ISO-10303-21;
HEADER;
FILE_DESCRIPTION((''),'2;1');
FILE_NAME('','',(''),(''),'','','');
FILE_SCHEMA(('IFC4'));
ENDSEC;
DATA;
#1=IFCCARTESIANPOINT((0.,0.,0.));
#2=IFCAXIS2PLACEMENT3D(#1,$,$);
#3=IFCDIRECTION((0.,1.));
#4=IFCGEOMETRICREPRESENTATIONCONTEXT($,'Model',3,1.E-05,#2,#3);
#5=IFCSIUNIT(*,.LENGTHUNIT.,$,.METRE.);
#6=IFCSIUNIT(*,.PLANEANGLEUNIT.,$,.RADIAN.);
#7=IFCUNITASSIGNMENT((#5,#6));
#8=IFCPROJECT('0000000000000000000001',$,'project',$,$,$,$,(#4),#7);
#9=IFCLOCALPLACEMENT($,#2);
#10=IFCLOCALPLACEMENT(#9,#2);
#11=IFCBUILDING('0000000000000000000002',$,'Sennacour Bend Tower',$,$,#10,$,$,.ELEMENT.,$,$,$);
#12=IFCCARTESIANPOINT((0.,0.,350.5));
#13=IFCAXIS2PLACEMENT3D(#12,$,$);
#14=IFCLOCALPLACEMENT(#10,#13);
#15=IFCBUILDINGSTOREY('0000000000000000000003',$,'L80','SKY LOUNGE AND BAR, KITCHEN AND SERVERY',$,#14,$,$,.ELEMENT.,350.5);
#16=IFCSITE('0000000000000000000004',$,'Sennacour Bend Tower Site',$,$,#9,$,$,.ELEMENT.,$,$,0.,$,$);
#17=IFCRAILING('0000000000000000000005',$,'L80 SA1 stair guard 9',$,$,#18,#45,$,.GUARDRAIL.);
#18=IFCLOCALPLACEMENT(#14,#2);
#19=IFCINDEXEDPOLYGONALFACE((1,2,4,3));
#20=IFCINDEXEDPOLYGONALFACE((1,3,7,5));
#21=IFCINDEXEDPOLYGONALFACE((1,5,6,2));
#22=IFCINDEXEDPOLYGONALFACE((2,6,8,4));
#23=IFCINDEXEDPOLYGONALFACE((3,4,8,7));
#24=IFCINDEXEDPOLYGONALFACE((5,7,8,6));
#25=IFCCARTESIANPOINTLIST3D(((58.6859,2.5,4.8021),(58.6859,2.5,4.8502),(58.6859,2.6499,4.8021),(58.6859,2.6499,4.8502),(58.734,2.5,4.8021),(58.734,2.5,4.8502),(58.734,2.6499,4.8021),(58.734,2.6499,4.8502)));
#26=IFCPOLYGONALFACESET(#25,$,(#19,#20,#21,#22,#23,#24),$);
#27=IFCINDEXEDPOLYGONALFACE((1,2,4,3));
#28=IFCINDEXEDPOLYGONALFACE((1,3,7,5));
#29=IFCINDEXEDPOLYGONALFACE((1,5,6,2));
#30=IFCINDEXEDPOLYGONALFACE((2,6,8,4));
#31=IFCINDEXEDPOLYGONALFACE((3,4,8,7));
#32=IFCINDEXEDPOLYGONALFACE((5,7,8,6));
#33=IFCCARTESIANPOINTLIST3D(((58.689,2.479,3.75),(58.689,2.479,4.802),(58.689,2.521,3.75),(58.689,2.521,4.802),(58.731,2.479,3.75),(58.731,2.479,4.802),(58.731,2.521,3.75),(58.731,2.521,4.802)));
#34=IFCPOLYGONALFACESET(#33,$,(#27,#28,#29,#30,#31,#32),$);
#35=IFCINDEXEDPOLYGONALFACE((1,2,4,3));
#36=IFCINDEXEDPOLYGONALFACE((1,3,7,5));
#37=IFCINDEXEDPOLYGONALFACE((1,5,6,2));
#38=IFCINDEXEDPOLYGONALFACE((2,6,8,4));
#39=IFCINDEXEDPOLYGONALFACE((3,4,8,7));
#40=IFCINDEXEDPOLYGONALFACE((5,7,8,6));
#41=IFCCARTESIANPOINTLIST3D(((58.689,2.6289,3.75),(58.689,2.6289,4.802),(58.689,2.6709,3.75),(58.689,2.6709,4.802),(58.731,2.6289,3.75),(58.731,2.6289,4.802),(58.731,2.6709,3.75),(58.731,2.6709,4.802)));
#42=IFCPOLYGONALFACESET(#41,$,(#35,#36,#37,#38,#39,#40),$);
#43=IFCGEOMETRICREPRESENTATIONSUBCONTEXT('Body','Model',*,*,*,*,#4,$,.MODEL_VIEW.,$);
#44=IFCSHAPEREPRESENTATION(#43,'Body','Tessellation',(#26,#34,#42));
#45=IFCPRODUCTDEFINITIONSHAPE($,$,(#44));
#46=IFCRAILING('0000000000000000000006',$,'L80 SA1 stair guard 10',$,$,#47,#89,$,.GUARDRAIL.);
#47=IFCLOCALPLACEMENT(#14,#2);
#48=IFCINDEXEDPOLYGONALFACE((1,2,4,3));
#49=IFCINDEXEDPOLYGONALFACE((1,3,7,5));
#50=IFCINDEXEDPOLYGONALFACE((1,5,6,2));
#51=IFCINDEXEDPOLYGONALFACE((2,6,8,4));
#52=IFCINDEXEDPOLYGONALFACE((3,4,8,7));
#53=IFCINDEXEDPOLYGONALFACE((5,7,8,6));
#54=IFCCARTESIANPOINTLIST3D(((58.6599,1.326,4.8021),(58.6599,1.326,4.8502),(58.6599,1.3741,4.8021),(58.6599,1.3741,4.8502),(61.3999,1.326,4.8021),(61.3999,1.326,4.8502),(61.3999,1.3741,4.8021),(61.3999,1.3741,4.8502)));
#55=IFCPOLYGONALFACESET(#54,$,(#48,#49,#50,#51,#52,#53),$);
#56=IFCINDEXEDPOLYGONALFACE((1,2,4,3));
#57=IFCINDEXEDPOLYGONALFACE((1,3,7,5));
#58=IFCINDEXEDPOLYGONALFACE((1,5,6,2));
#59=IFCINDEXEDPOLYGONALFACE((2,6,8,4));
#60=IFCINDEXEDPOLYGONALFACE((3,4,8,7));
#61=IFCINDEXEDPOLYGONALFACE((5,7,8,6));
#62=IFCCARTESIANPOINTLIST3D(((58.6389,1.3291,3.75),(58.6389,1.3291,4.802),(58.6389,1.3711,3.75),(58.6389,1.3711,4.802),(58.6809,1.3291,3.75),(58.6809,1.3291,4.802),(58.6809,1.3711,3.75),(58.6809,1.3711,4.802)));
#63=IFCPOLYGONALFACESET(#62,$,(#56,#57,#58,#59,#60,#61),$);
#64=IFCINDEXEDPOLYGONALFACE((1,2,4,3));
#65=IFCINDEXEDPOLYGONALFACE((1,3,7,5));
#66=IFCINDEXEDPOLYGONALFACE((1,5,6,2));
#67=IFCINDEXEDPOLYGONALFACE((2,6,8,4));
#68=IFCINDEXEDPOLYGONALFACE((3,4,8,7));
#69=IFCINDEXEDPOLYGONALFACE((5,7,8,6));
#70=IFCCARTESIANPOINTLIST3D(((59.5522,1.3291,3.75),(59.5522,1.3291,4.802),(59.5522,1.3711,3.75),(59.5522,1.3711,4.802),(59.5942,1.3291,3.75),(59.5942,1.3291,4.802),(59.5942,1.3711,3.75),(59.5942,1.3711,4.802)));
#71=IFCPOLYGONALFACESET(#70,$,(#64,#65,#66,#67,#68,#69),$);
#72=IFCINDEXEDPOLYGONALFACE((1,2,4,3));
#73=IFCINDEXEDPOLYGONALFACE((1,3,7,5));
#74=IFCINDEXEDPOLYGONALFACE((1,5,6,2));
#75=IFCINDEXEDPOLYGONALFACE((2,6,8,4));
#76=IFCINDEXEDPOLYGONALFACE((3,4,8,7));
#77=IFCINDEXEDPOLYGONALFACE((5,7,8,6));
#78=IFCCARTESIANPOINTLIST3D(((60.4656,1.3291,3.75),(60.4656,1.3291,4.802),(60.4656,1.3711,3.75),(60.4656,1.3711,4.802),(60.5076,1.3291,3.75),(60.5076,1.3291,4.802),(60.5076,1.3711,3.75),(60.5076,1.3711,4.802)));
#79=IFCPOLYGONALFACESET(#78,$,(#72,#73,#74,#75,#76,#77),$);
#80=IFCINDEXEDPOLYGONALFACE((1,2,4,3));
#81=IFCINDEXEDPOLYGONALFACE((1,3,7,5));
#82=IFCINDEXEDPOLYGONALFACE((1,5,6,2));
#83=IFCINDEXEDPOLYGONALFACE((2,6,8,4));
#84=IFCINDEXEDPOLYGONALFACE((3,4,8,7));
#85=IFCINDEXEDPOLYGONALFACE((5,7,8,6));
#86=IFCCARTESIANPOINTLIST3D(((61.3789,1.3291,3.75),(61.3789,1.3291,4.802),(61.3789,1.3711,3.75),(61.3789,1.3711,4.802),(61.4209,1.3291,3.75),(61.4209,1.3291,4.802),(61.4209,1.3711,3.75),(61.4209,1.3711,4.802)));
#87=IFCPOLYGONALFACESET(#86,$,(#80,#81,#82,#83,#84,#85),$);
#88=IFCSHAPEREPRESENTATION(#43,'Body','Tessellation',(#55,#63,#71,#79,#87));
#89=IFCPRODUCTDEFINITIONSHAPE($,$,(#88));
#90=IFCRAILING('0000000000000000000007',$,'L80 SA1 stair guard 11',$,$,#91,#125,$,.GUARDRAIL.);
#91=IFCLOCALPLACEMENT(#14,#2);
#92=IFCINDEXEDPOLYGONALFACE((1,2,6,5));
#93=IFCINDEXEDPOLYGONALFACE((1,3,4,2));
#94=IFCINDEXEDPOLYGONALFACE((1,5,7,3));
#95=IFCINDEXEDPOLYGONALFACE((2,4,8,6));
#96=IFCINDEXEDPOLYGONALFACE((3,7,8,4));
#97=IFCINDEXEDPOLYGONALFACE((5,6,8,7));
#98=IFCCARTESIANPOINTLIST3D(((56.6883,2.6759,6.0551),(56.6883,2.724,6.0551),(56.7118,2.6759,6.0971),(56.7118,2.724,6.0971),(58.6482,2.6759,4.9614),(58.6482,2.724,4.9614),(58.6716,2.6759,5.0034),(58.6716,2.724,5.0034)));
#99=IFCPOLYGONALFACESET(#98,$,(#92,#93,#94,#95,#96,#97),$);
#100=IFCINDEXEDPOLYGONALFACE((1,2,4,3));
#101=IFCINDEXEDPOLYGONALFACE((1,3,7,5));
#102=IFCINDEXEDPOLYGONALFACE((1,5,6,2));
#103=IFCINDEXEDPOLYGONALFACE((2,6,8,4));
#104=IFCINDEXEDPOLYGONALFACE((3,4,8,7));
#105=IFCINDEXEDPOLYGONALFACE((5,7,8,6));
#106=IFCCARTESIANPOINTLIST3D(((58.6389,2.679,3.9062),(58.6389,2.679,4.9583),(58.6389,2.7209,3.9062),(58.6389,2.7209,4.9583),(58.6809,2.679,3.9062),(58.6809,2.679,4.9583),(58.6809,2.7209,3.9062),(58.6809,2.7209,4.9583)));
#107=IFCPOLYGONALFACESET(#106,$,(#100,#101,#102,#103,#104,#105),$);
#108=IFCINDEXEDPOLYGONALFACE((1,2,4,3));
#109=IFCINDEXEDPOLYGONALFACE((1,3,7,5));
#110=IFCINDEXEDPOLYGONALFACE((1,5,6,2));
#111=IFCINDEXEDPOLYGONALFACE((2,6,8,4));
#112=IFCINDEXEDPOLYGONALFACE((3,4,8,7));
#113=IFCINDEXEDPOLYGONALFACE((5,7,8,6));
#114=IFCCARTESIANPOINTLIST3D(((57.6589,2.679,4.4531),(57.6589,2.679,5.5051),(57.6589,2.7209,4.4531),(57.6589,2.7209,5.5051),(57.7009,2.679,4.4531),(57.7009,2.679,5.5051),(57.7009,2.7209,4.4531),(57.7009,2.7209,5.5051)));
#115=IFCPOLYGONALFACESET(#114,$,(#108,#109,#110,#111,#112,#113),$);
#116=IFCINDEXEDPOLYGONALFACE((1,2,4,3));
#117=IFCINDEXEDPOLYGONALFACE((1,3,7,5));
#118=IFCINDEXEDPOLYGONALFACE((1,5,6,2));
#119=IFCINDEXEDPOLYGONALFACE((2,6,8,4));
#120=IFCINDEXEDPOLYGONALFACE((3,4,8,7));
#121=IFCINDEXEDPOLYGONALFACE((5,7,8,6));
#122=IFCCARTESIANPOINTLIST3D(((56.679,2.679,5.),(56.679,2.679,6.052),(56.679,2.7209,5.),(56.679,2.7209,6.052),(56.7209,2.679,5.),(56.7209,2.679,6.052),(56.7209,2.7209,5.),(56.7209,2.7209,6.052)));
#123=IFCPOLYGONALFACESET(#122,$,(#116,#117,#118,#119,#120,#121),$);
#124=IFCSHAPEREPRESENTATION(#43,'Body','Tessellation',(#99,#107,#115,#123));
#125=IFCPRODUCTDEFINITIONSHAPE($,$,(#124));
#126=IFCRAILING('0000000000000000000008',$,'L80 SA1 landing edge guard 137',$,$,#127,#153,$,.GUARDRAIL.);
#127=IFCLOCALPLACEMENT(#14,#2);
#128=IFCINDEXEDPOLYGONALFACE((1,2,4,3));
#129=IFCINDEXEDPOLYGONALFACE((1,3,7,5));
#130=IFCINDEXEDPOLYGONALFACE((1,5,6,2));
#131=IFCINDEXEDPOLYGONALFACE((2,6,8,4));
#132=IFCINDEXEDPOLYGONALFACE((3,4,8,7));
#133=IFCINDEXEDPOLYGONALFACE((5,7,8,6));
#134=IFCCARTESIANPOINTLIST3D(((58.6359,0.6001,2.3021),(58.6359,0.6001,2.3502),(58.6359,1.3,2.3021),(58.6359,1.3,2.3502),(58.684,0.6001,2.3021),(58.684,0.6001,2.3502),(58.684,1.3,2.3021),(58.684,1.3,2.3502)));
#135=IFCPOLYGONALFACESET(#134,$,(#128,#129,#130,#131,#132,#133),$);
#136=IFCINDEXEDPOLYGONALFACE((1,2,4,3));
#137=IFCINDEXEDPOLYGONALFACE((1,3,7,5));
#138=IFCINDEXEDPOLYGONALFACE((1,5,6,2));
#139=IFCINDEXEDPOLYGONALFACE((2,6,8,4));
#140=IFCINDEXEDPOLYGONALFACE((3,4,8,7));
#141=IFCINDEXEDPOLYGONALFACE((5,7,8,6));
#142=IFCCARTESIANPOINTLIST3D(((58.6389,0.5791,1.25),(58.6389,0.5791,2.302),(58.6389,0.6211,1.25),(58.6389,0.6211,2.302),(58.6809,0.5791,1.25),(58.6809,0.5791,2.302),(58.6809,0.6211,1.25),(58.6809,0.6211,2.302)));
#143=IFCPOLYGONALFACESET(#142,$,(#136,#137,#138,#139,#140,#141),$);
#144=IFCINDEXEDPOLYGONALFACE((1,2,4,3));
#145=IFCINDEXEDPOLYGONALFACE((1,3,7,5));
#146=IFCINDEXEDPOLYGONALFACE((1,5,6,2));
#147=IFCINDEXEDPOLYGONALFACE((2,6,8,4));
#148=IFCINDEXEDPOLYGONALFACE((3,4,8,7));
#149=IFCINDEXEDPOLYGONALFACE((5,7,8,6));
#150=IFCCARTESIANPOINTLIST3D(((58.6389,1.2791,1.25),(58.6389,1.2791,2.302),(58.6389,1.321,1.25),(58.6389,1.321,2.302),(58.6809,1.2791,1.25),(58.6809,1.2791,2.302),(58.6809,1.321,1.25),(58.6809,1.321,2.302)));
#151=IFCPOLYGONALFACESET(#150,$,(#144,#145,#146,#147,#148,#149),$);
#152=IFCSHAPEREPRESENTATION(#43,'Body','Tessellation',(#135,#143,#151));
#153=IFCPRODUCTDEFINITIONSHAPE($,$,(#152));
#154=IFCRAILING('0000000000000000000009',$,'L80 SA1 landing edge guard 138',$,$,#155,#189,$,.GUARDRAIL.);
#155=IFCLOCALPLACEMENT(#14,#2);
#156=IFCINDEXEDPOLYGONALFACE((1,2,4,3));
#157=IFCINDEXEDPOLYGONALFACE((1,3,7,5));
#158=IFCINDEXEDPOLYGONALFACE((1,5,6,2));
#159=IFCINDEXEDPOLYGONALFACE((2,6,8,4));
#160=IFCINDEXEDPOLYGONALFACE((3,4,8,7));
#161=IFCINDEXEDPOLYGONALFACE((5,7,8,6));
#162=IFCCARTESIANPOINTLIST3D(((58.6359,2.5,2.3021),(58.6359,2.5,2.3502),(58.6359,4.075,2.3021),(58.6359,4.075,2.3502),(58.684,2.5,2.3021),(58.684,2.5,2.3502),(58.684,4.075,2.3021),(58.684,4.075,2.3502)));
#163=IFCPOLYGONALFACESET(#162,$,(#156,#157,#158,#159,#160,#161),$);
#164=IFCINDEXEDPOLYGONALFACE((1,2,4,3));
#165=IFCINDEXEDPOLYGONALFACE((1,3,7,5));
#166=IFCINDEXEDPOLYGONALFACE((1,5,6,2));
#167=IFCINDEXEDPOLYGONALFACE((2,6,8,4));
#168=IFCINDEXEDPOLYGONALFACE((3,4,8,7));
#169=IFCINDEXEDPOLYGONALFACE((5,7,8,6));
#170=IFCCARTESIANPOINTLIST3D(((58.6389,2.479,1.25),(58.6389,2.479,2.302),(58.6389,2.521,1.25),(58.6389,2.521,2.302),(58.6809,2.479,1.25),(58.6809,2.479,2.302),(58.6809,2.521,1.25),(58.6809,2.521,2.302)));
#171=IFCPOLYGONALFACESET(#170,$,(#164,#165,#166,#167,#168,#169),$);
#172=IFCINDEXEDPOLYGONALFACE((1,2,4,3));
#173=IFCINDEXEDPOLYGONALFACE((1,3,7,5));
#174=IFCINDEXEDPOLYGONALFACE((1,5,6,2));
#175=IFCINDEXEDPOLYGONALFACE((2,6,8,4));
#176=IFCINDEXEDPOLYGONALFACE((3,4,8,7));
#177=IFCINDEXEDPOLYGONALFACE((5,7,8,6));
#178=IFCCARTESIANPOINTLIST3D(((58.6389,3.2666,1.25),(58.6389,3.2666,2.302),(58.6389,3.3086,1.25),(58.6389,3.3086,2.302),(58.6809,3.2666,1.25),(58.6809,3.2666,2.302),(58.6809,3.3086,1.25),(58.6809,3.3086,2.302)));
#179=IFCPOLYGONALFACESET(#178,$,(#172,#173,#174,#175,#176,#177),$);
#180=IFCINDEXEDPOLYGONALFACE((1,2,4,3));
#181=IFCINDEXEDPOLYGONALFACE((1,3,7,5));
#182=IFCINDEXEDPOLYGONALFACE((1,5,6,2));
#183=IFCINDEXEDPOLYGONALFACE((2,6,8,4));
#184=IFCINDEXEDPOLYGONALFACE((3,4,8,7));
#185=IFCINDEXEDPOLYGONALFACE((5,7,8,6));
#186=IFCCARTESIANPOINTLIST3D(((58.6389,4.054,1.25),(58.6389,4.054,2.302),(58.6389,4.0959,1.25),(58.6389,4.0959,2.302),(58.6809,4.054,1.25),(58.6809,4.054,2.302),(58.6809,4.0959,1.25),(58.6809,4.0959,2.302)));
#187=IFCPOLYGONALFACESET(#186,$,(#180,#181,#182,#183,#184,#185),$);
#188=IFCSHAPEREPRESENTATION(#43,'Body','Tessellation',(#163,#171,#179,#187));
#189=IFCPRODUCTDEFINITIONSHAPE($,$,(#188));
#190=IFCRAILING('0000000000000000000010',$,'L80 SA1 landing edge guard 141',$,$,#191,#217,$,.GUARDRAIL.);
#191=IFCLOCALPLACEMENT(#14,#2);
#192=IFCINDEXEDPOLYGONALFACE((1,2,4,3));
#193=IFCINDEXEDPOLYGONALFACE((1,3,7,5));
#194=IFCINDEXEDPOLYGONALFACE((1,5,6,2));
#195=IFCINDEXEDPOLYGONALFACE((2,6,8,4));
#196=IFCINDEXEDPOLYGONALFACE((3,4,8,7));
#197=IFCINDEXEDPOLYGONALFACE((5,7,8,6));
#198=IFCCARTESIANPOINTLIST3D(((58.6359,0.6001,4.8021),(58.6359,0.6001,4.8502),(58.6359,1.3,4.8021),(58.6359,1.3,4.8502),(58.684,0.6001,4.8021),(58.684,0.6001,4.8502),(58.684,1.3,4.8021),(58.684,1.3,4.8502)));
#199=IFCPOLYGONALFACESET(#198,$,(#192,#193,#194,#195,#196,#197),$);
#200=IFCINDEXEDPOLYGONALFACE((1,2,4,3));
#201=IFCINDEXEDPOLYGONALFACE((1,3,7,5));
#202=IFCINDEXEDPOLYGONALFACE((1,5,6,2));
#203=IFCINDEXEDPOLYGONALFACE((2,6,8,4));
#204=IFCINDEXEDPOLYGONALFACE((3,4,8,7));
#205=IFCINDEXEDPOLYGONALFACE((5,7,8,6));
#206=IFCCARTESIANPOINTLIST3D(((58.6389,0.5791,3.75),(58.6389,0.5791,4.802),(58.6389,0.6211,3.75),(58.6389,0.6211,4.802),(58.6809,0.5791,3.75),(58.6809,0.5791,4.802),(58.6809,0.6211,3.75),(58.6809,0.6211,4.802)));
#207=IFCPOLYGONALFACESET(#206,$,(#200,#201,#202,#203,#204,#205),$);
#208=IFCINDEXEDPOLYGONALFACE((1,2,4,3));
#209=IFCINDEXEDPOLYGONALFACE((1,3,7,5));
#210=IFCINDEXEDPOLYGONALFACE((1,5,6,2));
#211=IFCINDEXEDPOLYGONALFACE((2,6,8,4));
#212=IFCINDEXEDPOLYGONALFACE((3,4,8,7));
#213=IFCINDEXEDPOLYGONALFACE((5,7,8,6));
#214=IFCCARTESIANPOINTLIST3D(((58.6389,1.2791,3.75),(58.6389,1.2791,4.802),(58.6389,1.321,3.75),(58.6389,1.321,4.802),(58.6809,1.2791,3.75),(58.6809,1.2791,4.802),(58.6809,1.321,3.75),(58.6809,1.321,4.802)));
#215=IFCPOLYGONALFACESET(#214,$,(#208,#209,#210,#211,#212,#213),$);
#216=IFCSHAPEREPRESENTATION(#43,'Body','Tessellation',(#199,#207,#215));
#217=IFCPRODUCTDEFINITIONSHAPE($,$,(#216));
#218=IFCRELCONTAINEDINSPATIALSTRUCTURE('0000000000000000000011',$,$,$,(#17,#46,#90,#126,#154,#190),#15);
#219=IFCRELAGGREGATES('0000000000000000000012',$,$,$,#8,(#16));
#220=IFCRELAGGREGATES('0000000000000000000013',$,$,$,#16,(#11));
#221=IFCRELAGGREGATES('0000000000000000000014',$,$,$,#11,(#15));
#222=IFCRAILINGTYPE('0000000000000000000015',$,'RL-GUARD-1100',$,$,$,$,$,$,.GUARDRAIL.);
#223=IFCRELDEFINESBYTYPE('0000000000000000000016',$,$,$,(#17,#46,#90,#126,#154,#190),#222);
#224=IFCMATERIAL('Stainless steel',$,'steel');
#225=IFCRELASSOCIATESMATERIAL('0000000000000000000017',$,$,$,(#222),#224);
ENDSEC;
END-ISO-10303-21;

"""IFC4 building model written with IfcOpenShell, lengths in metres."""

from ifc_helpers import new_model, si_unit, direction, frame, origin, origin_2d, place, context, subcontext, project, spatial, rectangle, extrude, material, type_object, element, save


model = new_model("IFC4")

# Units and contexts
model_context = context("Model", 3, precision=1e-05, world=origin(), true_north=direction((0.0, 1.0)))
body_context = subcontext(model_context, "Body", "Model", "MODEL_VIEW")
ifc_project = project(units=[si_unit("LENGTHUNIT", "METRE"), si_unit("PLANEANGLEUNIT", "RADIAN")], contexts=[model_context])

# Site, building, storey
site_placement = place(None, origin())
site = spatial("IfcSite", under=ifc_project, at=site_placement, Name="Sennacour Bend Tower Site", CompositionType="ELEMENT", RefElevation=0.0)
building_placement = place(site_placement, origin())
building = spatial("IfcBuilding", under=site, at=building_placement, Name="Sennacour Bend Tower", CompositionType="ELEMENT")
storey_placement = place(building_placement, frame((0.0, 0.0, 350.5)))
storey = spatial("IfcBuildingStorey", under=building, at=storey_placement, Name="L80", Description="SKY LOUNGE AND BAR, KITCHEN AND SERVERY", CompositionType="ELEMENT", Elevation=350.5)

# Railings
ifc_material_1 = material(Name="Stainless steel", Category="steel")
railing_type_1 = type_object("IfcRailingType", Name="RL-GUARD-1100", PredefinedType="GUARDRAIL", material=ifc_material_1)
railing_1_placement = place(storey_placement, frame((58.71, 2.5, 3.75)))
element("IfcRailing", 1, at=railing_1_placement, inside=storey, type_object=railing_type_1, Name="L80 SA1 stair guard 9", PredefinedType="GUARDRAIL", context=body_context, shape_type="SweptSolid", body=[
    extrude(rectangle(XDim=0.0481, YDim=0.0481, at=origin_2d()), frame((0.0, 0.0, 1.0762), z_axis=(0.0, 1.0, 0.0), x_axis=(-1.0, 0.0, 0.0)), (0.0, 0.0, 1.0), 0.1499),
    extrude(rectangle(XDim=0.042, YDim=0.042, at=origin_2d()), origin(), (0.0, 0.0, 1.0), 1.052),
    extrude(rectangle(XDim=0.042, YDim=0.042, at=origin_2d()), frame((0.0, 0.1499, 0.0)), (0.0, 0.0, 1.0), 1.052),
])
railing_2_placement = place(storey_placement, frame((58.6599, 1.3501, 3.75)))
element("IfcRailing", 2, at=railing_2_placement, inside=storey, type_object=railing_type_1, Name="L80 SA1 stair guard 10", PredefinedType="GUARDRAIL", context=body_context, shape_type="SweptSolid", body=[
    extrude(rectangle(XDim=0.0481, YDim=0.0481, at=origin_2d()), frame((0.0, 0.0, 1.0762), z_axis=(1.0, 0.0, 0.0), x_axis=(0.0, 1.0, 0.0)), (0.0, 0.0, 1.0), 2.74),
    extrude(rectangle(XDim=0.042, YDim=0.042, at=origin_2d()), origin(), (0.0, 0.0, 1.0), 1.052),
    extrude(rectangle(XDim=0.042, YDim=0.042, at=origin_2d()), frame((0.9133, 0.0, 0.0)), (0.0, 0.0, 1.0), 1.052),
    extrude(rectangle(XDim=0.042, YDim=0.042, at=origin_2d()), frame((1.8267, 0.0, 0.0)), (0.0, 0.0, 1.0), 1.052),
    extrude(rectangle(XDim=0.042, YDim=0.042, at=origin_2d()), frame((2.74, 0.0, 0.0)), (0.0, 0.0, 1.0), 1.052),
])
railing_3_placement = place(storey_placement, frame((58.6599, 2.7, 3.9062)))
element("IfcRailing", 3, at=railing_3_placement, inside=storey, type_object=railing_type_1, Name="L80 SA1 stair guard 11", PredefinedType="GUARDRAIL", context=body_context, shape_type="SweptSolid", body=[
    extrude(rectangle(XDim=0.0481, YDim=0.0481, at=origin_2d()), frame((0.0, 0.0, 1.0762), z_axis=(-0.873232, 0.0, 0.487304), x_axis=(0.0, -1.0, 0.0)), (0.0, 0.0, 1.0), 2.2444),
    extrude(rectangle(XDim=0.042, YDim=0.042, at=origin_2d()), origin(), (0.0, 0.0, 1.0), 1.052),
    extrude(rectangle(XDim=0.042, YDim=0.042, at=origin_2d()), frame((-0.98, 0.0, 0.5469)), (0.0, 0.0, 1.0), 1.052),
    extrude(rectangle(XDim=0.042, YDim=0.042, at=origin_2d()), frame((-1.96, 0.0, 1.0938)), (0.0, 0.0, 1.0), 1.052),
])
railing_4_placement = place(storey_placement, frame((58.6599, 0.6001, 1.25)))
element("IfcRailing", 4, at=railing_4_placement, inside=storey, type_object=railing_type_1, Name="L80 SA1 landing edge guard 137", PredefinedType="GUARDRAIL", context=body_context, shape_type="SweptSolid", body=[
    extrude(rectangle(XDim=0.0481, YDim=0.0481, at=origin_2d()), frame((0.0, 0.0, 1.0762), z_axis=(0.0, 1.0, 0.0), x_axis=(-1.0, 0.0, 0.0)), (0.0, 0.0, 1.0), 0.7),
    extrude(rectangle(XDim=0.042, YDim=0.042, at=origin_2d()), origin(), (0.0, 0.0, 1.0), 1.052),
    extrude(rectangle(XDim=0.042, YDim=0.042, at=origin_2d()), frame((0.0, 0.7, 0.0)), (0.0, 0.0, 1.0), 1.052),
])
railing_5_placement = place(storey_placement, frame((58.6599, 2.5, 1.25)))
element("IfcRailing", 5, at=railing_5_placement, inside=storey, type_object=railing_type_1, Name="L80 SA1 landing edge guard 138", PredefinedType="GUARDRAIL", context=body_context, shape_type="SweptSolid", body=[
    extrude(rectangle(XDim=0.0481, YDim=0.0481, at=origin_2d()), frame((0.0, 0.0, 1.0762), z_axis=(0.0, 1.0, 0.0), x_axis=(-1.0, 0.0, 0.0)), (0.0, 0.0, 1.0), 1.575),
    extrude(rectangle(XDim=0.042, YDim=0.042, at=origin_2d()), origin(), (0.0, 0.0, 1.0), 1.052),
    extrude(rectangle(XDim=0.042, YDim=0.042, at=origin_2d()), frame((0.0, 0.7876, 0.0)), (0.0, 0.0, 1.0), 1.052),
    extrude(rectangle(XDim=0.042, YDim=0.042, at=origin_2d()), frame((0.0, 1.575, 0.0)), (0.0, 0.0, 1.0), 1.052),
])
railing_6_placement = place(storey_placement, frame((58.6599, 0.6001, 3.75)))
element("IfcRailing", 6, at=railing_6_placement, inside=storey, type_object=railing_type_1, Name="L80 SA1 landing edge guard 141", PredefinedType="GUARDRAIL", context=body_context, shape_type="SweptSolid", body=[
    extrude(rectangle(XDim=0.0481, YDim=0.0481, at=origin_2d()), frame((0.0, 0.0, 1.0762), z_axis=(0.0, 1.0, 0.0), x_axis=(-1.0, 0.0, 0.0)), (0.0, 0.0, 1.0), 0.7),
    extrude(rectangle(XDim=0.042, YDim=0.042, at=origin_2d()), origin(), (0.0, 0.0, 1.0), 1.052),
    extrude(rectangle(XDim=0.042, YDim=0.042, at=origin_2d()), frame((0.0, 0.7, 0.0)), (0.0, 0.0, 1.0), 1.052),
])

save(model, "model.ifc")
